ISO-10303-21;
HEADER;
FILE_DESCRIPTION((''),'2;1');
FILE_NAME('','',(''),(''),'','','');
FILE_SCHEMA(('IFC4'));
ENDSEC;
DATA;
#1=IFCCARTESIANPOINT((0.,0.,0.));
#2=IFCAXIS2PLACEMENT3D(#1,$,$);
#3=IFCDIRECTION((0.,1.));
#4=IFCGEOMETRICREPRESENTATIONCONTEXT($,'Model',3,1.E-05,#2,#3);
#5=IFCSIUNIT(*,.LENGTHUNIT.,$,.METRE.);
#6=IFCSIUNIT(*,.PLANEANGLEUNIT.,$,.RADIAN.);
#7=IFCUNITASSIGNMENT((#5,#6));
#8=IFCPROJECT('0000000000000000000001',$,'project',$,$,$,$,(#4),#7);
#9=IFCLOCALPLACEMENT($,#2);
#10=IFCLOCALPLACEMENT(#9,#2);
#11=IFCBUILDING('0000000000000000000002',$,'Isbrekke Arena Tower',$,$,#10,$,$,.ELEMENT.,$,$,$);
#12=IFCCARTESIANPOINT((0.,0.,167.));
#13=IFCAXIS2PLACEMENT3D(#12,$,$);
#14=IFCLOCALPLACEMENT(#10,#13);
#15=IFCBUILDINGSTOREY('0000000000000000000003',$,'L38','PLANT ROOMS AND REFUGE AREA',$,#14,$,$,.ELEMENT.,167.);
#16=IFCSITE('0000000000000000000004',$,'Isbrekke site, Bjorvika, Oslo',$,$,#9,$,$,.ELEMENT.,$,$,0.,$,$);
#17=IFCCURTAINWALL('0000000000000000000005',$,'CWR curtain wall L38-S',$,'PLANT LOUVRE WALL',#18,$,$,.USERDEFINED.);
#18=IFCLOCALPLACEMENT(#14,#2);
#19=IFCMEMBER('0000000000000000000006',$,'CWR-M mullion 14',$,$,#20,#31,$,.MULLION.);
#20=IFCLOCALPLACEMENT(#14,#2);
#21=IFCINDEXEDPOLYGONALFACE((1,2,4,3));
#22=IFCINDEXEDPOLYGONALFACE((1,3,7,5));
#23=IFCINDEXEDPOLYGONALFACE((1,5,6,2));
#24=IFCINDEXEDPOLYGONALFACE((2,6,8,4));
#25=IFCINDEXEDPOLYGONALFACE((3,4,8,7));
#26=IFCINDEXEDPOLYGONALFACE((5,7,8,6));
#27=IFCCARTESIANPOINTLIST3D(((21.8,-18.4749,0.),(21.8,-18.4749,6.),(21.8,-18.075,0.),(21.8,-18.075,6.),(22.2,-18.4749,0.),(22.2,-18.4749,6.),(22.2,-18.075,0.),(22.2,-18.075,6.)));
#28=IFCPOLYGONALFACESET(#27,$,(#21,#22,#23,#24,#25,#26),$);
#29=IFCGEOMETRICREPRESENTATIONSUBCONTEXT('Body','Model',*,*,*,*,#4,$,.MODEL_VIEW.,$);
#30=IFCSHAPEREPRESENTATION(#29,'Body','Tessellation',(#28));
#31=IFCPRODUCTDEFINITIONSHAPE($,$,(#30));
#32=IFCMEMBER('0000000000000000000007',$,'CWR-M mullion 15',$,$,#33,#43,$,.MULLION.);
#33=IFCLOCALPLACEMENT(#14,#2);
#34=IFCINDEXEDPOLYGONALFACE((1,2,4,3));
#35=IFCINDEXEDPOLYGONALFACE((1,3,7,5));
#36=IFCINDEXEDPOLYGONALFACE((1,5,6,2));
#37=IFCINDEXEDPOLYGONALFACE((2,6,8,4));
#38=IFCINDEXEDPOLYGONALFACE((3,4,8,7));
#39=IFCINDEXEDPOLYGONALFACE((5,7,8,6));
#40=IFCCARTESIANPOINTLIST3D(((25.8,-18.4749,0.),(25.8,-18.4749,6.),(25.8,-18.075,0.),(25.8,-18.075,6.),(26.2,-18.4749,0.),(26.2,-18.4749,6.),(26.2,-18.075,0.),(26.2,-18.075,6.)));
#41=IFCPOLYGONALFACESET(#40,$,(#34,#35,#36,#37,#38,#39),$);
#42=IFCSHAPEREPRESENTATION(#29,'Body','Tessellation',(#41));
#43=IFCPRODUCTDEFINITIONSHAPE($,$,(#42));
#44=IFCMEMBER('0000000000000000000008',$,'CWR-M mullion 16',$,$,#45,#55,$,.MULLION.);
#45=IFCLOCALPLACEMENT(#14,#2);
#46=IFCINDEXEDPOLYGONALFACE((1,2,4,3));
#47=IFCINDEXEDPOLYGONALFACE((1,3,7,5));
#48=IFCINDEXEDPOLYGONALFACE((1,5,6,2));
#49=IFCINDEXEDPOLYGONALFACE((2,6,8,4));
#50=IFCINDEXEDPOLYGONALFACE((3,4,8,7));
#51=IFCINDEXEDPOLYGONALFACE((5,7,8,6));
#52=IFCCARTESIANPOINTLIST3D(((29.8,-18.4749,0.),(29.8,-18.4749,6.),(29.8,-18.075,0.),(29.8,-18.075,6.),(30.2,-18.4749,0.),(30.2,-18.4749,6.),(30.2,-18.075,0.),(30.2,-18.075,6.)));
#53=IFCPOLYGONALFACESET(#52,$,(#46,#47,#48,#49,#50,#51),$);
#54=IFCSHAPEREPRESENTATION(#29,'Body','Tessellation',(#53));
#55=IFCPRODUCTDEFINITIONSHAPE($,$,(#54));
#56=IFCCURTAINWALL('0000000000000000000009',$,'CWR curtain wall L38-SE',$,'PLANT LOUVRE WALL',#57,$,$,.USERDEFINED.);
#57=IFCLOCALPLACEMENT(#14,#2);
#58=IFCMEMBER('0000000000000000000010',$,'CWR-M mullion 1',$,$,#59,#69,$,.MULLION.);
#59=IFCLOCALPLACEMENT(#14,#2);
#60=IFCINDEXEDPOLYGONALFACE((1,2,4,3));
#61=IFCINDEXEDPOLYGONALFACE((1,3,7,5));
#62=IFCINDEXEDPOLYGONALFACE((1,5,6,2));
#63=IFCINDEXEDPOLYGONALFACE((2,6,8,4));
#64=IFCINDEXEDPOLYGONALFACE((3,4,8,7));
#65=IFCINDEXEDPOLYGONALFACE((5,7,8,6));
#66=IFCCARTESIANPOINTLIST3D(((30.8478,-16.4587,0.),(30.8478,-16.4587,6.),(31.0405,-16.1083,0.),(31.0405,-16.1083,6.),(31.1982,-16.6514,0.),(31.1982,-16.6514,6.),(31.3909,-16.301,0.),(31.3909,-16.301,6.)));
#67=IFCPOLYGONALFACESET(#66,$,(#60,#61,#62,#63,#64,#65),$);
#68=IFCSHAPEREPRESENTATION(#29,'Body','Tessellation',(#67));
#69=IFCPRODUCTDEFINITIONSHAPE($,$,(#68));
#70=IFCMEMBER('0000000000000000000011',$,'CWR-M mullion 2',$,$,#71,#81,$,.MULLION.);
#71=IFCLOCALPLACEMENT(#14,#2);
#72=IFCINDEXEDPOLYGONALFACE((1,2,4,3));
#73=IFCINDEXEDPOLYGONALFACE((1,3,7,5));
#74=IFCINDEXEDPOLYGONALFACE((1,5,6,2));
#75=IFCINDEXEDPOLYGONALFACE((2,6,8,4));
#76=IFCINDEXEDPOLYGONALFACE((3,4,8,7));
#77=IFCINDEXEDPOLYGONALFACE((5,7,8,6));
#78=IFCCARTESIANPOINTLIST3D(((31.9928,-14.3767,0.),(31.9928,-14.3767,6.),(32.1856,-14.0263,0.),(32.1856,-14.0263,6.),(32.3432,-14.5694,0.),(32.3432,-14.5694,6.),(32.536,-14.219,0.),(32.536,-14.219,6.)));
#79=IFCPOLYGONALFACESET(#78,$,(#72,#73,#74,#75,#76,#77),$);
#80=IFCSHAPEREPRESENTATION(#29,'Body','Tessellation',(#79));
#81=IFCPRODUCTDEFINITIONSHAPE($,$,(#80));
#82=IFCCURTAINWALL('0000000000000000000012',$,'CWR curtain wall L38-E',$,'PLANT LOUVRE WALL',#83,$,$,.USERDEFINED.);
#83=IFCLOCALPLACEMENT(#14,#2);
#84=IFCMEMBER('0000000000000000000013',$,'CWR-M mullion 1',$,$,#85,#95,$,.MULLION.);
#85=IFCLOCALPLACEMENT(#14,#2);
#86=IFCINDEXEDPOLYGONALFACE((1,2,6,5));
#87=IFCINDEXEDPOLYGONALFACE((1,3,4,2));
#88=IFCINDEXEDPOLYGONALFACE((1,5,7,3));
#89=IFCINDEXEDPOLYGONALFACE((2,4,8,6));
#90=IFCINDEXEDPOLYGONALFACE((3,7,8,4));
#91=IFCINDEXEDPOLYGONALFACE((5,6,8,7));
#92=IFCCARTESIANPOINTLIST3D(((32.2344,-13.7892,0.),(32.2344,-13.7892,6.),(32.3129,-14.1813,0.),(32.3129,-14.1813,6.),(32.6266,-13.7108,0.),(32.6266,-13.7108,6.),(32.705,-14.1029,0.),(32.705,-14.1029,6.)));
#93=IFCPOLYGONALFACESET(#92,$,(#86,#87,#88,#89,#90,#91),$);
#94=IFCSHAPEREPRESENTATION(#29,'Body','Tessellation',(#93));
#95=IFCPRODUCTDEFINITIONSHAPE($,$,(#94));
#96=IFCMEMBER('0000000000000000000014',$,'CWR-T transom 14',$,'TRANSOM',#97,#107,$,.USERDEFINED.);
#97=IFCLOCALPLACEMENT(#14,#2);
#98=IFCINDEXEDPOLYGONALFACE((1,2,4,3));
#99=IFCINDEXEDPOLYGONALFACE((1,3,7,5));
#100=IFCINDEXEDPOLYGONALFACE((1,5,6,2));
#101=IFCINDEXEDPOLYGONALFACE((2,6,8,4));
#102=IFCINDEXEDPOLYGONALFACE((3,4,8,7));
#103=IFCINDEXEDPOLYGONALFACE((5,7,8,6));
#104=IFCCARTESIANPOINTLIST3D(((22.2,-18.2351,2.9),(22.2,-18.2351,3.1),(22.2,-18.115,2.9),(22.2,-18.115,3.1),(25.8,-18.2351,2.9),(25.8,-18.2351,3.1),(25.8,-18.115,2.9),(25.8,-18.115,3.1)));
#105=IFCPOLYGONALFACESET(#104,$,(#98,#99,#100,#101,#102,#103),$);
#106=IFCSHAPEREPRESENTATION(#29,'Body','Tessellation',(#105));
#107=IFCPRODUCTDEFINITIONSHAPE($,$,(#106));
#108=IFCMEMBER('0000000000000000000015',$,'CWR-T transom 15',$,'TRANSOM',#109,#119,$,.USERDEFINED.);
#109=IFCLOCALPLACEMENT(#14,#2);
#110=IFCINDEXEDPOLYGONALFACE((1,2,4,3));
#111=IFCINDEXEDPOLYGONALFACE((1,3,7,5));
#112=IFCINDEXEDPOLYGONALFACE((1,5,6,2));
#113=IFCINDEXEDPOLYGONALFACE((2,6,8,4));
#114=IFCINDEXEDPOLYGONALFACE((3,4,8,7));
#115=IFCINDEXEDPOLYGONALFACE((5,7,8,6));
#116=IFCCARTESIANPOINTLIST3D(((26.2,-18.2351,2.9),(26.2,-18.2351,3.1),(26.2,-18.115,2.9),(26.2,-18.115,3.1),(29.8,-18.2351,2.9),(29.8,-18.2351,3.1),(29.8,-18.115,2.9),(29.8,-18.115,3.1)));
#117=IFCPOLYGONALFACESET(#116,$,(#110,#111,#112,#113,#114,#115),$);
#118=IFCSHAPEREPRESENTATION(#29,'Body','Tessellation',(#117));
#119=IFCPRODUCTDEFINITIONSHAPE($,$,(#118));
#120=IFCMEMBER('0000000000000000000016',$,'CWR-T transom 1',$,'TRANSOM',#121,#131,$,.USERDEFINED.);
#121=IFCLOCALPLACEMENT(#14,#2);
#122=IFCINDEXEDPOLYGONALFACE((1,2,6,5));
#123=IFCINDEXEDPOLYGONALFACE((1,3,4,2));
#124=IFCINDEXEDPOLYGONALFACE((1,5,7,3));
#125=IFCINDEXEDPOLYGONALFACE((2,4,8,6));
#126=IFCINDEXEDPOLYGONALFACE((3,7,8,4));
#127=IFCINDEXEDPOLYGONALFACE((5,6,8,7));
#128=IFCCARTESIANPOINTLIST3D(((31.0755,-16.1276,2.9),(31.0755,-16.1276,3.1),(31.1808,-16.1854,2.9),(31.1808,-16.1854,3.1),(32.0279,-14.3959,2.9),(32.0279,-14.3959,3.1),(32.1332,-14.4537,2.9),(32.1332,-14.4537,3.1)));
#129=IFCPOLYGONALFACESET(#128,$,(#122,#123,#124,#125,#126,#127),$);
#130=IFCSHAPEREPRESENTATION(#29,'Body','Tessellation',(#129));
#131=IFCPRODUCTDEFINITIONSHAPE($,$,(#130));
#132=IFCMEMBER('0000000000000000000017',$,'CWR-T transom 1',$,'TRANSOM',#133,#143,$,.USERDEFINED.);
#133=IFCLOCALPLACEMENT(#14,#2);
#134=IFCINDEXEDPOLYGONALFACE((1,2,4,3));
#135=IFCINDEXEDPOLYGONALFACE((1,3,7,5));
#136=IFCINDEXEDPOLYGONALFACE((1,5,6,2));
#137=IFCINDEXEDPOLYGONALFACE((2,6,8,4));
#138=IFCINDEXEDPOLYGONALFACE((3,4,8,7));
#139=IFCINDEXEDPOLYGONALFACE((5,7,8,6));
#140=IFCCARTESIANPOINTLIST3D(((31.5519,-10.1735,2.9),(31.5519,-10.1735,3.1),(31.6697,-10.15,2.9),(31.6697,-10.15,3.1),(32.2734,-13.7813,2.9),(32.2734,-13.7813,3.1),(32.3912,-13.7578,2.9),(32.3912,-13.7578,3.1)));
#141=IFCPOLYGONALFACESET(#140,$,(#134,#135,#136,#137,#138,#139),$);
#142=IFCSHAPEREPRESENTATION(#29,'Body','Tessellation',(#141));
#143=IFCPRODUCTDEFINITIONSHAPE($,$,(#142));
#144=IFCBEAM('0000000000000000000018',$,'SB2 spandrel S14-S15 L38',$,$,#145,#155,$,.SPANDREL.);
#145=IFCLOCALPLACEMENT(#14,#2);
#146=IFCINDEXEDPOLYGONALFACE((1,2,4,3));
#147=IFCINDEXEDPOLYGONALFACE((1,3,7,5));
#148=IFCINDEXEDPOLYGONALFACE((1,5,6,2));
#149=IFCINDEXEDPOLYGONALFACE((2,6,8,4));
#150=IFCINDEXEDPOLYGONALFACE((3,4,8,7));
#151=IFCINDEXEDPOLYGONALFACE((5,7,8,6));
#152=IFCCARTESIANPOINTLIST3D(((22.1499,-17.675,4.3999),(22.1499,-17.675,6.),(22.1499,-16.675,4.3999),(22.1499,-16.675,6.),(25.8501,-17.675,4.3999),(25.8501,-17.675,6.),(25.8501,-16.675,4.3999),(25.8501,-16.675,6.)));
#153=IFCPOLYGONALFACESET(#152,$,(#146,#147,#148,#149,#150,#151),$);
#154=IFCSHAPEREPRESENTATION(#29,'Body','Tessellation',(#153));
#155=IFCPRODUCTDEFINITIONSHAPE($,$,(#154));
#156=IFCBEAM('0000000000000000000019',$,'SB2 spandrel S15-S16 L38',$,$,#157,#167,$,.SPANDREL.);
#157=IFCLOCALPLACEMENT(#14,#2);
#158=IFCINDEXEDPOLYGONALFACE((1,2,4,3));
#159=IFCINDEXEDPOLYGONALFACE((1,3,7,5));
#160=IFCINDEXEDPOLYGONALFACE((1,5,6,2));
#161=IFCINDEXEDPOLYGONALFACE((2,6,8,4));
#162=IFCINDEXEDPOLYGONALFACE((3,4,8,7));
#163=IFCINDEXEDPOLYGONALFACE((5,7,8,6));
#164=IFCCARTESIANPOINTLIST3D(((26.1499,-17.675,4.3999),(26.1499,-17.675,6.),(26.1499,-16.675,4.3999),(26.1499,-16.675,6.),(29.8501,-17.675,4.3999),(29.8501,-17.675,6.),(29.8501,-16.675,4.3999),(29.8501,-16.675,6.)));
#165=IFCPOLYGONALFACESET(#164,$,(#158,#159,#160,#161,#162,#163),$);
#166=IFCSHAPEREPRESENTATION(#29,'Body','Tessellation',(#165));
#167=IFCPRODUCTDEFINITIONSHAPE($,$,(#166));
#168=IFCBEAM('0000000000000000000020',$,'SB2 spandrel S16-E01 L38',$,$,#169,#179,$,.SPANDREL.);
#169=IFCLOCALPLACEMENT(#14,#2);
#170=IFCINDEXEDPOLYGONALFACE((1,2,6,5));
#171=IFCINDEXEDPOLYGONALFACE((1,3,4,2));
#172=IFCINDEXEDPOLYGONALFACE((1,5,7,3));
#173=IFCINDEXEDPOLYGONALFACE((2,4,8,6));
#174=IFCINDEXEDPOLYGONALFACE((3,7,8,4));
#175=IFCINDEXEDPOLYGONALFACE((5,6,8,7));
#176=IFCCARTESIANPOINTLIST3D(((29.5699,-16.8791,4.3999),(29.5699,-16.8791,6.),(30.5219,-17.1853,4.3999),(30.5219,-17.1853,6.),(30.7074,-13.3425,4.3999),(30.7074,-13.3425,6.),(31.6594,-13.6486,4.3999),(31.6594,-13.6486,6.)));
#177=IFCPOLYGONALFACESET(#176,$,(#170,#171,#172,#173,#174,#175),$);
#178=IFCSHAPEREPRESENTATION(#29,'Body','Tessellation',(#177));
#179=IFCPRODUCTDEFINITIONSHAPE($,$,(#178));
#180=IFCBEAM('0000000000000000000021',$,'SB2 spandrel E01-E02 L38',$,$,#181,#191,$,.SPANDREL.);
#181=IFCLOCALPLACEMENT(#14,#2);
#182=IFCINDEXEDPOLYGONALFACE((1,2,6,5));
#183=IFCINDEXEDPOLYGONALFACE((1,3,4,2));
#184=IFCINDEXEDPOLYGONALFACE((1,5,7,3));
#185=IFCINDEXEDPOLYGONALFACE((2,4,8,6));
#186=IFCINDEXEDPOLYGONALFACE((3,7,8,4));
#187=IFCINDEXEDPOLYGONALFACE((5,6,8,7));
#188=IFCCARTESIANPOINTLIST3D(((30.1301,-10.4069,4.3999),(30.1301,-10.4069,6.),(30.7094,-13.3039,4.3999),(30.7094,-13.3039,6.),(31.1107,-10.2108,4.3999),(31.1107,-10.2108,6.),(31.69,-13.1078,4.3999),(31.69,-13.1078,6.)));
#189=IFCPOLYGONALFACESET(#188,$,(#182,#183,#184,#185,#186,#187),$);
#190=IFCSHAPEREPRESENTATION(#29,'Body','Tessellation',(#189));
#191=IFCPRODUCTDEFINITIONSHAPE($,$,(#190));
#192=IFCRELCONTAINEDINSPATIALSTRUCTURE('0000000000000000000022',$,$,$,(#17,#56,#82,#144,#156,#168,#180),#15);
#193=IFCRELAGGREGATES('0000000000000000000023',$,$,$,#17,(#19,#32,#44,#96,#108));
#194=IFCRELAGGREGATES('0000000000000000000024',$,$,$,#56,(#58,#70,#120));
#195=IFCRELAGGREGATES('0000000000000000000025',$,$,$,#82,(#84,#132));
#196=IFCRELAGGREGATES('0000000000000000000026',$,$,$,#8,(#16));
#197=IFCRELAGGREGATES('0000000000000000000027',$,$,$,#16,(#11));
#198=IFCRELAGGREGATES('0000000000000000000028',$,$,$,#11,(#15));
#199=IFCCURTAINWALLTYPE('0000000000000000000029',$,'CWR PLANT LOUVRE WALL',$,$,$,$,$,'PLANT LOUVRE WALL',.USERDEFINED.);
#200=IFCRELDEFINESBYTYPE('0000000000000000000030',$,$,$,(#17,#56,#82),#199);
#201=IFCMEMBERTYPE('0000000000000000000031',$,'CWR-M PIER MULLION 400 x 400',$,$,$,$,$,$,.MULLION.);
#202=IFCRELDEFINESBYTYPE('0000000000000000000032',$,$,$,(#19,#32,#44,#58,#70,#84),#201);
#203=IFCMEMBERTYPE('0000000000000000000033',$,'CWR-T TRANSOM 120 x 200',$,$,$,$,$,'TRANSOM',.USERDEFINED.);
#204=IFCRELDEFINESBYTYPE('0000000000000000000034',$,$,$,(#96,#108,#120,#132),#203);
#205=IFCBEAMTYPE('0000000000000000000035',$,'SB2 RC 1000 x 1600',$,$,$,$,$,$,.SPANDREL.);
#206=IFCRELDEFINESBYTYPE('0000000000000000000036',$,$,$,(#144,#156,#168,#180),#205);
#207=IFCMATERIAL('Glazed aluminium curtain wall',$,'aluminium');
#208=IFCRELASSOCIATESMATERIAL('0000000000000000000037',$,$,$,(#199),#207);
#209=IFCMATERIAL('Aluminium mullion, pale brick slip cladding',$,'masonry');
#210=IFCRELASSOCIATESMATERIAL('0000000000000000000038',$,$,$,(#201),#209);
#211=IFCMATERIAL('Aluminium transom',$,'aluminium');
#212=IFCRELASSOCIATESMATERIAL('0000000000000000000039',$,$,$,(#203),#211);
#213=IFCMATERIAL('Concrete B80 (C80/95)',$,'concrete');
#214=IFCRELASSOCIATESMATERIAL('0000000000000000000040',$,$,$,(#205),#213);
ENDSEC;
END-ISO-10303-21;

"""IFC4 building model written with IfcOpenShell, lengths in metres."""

from ifc_helpers import new_model, si_unit, direction, frame, origin, origin_2d, place, context, subcontext, project, spatial, rectangle, extrude, material, material_profile, profile_set, type_object, element, aggregate, save


model = new_model("IFC4")

# Units and contexts
model_context = context("Model", 3, precision=1e-05, world=origin(), true_north=direction((0.0, 1.0)))
body_context = subcontext(model_context, "Body", "Model", "MODEL_VIEW")
ifc_project = project(units=[si_unit("LENGTHUNIT", "METRE"), si_unit("PLANEANGLEUNIT", "RADIAN")], contexts=[model_context])

# Site, building, storey
site_placement = place(None, origin())
site = spatial("IfcSite", under=ifc_project, at=site_placement, Name="Isbrekke site, Bjorvika, Oslo", CompositionType="ELEMENT", RefElevation=0.0)
building_placement = place(site_placement, origin())
building = spatial("IfcBuilding", under=site, at=building_placement, Name="Isbrekke Arena Tower", CompositionType="ELEMENT")
storey_placement = place(building_placement, frame((0.0, 0.0, 167.0)))
storey = spatial("IfcBuildingStorey", under=building, at=storey_placement, Name="L38", Description="PLANT ROOMS AND REFUGE AREA", CompositionType="ELEMENT", Elevation=167.0)

# Curtain walls, members
ifc_material_1 = material(Name="Glazed aluminium curtain wall", Category="aluminium")
curtain_wall_type = type_object("IfcCurtainWallType", Name="CWR PLANT LOUVRE WALL", ElementType="PLANT LOUVRE WALL", PredefinedType="USERDEFINED", material=ifc_material_1)
curtain_wall_1_placement = place(storey_placement, origin())
curtain_wall_1 = element("IfcCurtainWall", 1, at=curtain_wall_1_placement, inside=storey, type_object=curtain_wall_type, Name="CWR curtain wall L38-S", ObjectType="PLANT LOUVRE WALL", PredefinedType="USERDEFINED")
ifc_material_2 = material(Name="Aluminium mullion, pale brick slip cladding", Category="masonry")
ifc_material_profile_1 = material_profile(ifc_material_2, rectangle(XDim=0.3999, YDim=0.3999, at=origin_2d()), Name="PIER 400X400")
ifc_profile_set_1 = profile_set([ifc_material_profile_1], Name="Aluminium mullion, pale brick slip cladding")
member_type_1 = type_object("IfcMemberType", Name="CWR-M PIER MULLION 400 x 400", PredefinedType="MULLION", material=ifc_profile_set_1)
member_1_placement = place(storey_placement, frame((22.0, -18.2749, 0.0), z_axis=(0.0, 0.0, 1.0), x_axis=(1.0, 0.0, 0.0)))
member_1 = element("IfcMember", 2, at=member_1_placement, type_object=member_type_1, Name="CWR-M mullion 14", PredefinedType="MULLION", context=body_context, shape_type="SweptSolid", body=[
    extrude(rectangle(XDim=0.3999, YDim=0.3999, at=origin_2d()), origin(), (0.0, 0.0, 1.0), 6.0),
])
member_2_placement = place(storey_placement, frame((26.0, -18.2749, 0.0), z_axis=(0.0, 0.0, 1.0), x_axis=(1.0, 0.0, 0.0)))
member_2 = element("IfcMember", 3, at=member_2_placement, type_object=member_type_1, Name="CWR-M mullion 15", PredefinedType="MULLION", context=body_context, shape_type="SweptSolid", body=[
    extrude(rectangle(XDim=0.3999, YDim=0.3999, at=origin_2d()), origin(), (0.0, 0.0, 1.0), 6.0),
])
member_3_placement = place(storey_placement, frame((30.0, -18.2749, 0.0), z_axis=(0.0, 0.0, 1.0), x_axis=(1.0, 0.0, 0.0)))
member_3 = element("IfcMember", 4, at=member_3_placement, type_object=member_type_1, Name="CWR-M mullion 16", PredefinedType="MULLION", context=body_context, shape_type="SweptSolid", body=[
    extrude(rectangle(XDim=0.3999, YDim=0.3999, at=origin_2d()), origin(), (0.0, 0.0, 1.0), 6.0),
])
curtain_wall_2_placement = place(storey_placement, origin())
curtain_wall_2 = element("IfcCurtainWall", 5, at=curtain_wall_2_placement, inside=storey, type_object=curtain_wall_type, Name="CWR curtain wall L38-SE", ObjectType="PLANT LOUVRE WALL", PredefinedType="USERDEFINED")
member_4_placement = place(storey_placement, frame((31.1194, -16.3799, 0.0), z_axis=(0.0, 0.0, 1.0), x_axis=(0.481919, 0.876216, 0.0)))
member_4 = element("IfcMember", 6, at=member_4_placement, type_object=member_type_1, Name="CWR-M mullion 1", PredefinedType="MULLION", context=body_context, shape_type="SweptSolid", body=[
    extrude(rectangle(XDim=0.3999, YDim=0.3999, at=origin_2d()), origin(), (0.0, 0.0, 1.0), 6.0),
])
member_5_placement = place(storey_placement, frame((32.2644, -14.2979, 0.0), z_axis=(0.0, 0.0, 1.0), x_axis=(0.481919, 0.876216, 0.0)))
member_5 = element("IfcMember", 7, at=member_5_placement, type_object=member_type_1, Name="CWR-M mullion 2", PredefinedType="MULLION", context=body_context, shape_type="SweptSolid", body=[
    extrude(rectangle(XDim=0.3999, YDim=0.3999, at=origin_2d()), origin(), (0.0, 0.0, 1.0), 6.0),
])

# Curtain wall, member
curtain_wall_3_placement = place(storey_placement, origin())
curtain_wall_3 = element("IfcCurtainWall", 8, at=curtain_wall_3_placement, inside=storey, type_object=curtain_wall_type, Name="CWR curtain wall L38-E", ObjectType="PLANT LOUVRE WALL", PredefinedType="USERDEFINED")
member_6_placement = place(storey_placement, frame((32.4697, -13.946, 0.0), z_axis=(0.0, 0.0, 1.0), x_axis=(-0.196116, 0.980581, 0.0)))
member_6 = element("IfcMember", 9, at=member_6_placement, type_object=member_type_1, Name="CWR-M mullion 1", PredefinedType="MULLION", context=body_context, shape_type="SweptSolid", body=[
    extrude(rectangle(XDim=0.3999, YDim=0.3999, at=origin_2d()), origin(), (0.0, 0.0, 1.0), 6.0),
])

# Members
ifc_material_3 = material(Name="Aluminium transom", Category="aluminium")
ifc_material_profile_2 = material_profile(ifc_material_3, rectangle(XDim=0.1201, YDim=0.2, at=origin_2d()), Name="TRANSOM 120X200")
ifc_profile_set_2 = profile_set([ifc_material_profile_2], Name="Aluminium transom")
member_type_2 = type_object("IfcMemberType", Name="CWR-T TRANSOM 120 x 200", ElementType="TRANSOM", PredefinedType="USERDEFINED", material=ifc_profile_set_2)
member_7_placement = place(storey_placement, frame((22.2, -18.175, 3.0), z_axis=(1.0, 0.0, 0.0), x_axis=(0.0, 1.0, 0.0)))
member_7 = element("IfcMember", 10, at=member_7_placement, type_object=member_type_2, Name="CWR-T transom 14", ObjectType="TRANSOM", PredefinedType="USERDEFINED", context=body_context, shape_type="SweptSolid", body=[
    extrude(rectangle(XDim=0.1201, YDim=0.2, at=origin_2d()), origin(), (0.0, 0.0, 1.0), 3.6001),
])
member_8_placement = place(storey_placement, frame((26.2, -18.175, 3.0), z_axis=(1.0, 0.0, 0.0), x_axis=(0.0, 1.0, 0.0)))
member_8 = element("IfcMember", 11, at=member_8_placement, type_object=member_type_2, Name="CWR-T transom 15", ObjectType="TRANSOM", PredefinedType="USERDEFINED", context=body_context, shape_type="SweptSolid", body=[
    extrude(rectangle(XDim=0.1201, YDim=0.2, at=origin_2d()), origin(), (0.0, 0.0, 1.0), 3.6001),
])
member_9_placement = place(storey_placement, frame((31.1282, -16.1565, 3.0), z_axis=(0.481905, 0.876224, 0.0), x_axis=(-0.876224, 0.481905, 0.0)))
member_9 = element("IfcMember", 12, at=member_9_placement, type_object=member_type_2, Name="CWR-T transom 1", ObjectType="TRANSOM", PredefinedType="USERDEFINED", context=body_context, shape_type="SweptSolid", body=[
    extrude(rectangle(XDim=0.1201, YDim=0.2, at=origin_2d()), origin(), (0.0, 0.0, 1.0), 1.9763),
])
member_10_placement = place(storey_placement, frame((32.3323, -13.7695, 3.0), z_axis=(-0.196091, 0.980586, 0.0), x_axis=(-0.980586, -0.196091, 0.0)))
member_10 = element("IfcMember", 13, at=member_10_placement, type_object=member_type_2, Name="CWR-T transom 1", ObjectType="TRANSOM", PredefinedType="USERDEFINED", context=body_context, shape_type="SweptSolid", body=[
    extrude(rectangle(XDim=0.1201, YDim=0.2, at=origin_2d()), origin(), (0.0, 0.0, 1.0), 3.6792),
])

# Beams
ifc_material_4 = material(Name="Concrete B80 (C80/95)", Category="concrete")
ifc_material_profile_3 = material_profile(ifc_material_4, rectangle(XDim=1.0, YDim=1.6001, at=origin_2d()), Name="RC 1000x1600")
ifc_profile_set_3 = profile_set([ifc_material_profile_3], Name="Concrete B80 (C80/95)")
beam_type_1 = type_object("IfcBeamType", Name="SB2 RC 1000 x 1600", PredefinedType="SPANDREL", material=ifc_profile_set_3)
for number, where, z_axis, x_axis, name in (
    (14, (22.1499, -17.175, 5.2), (1.0, 0.0, 0.0), (0.0, 1.0, 0.0), "SB2 spandrel S14-S15 L38"),
    (15, (26.1499, -17.175, 5.2), (1.0, 0.0, 0.0), (0.0, 1.0, 0.0), "SB2 spandrel S15-S16 L38"),
):
    element("IfcBeam", number, at=place(storey_placement, frame(where, z_axis=z_axis, x_axis=x_axis)), inside=storey, type_object=beam_type_1, Name=name, PredefinedType="SPANDREL", context=body_context, shape_type="SweptSolid", body=[
        extrude(rectangle(XDim=1.0, YDim=1.6001, at=origin_2d()), origin(), (0.0, 0.0, 1.0), 3.7002),
    ])
beam_1_placement = place(storey_placement, frame((30.0459, -17.0322, 5.2), z_axis=(0.306175, 0.951975, 0.0), x_axis=(-0.951975, 0.306175, 0.0)))
element("IfcBeam", 16, at=beam_1_placement, inside=storey, type_object=beam_type_1, Name="SB2 spandrel S16-E01 L38", PredefinedType="SPANDREL", context=body_context, shape_type="SweptSolid", body=[
    extrude(rectangle(XDim=1.0, YDim=1.6001, at=origin_2d()), origin(), (0.0, 0.0, 1.0), 3.7151),
])
beam_2_placement = place(storey_placement, frame((31.1997, -13.2058, 5.2), z_axis=(-0.1961, 0.980584, 0.0), x_axis=(-0.980584, -0.1961, 0.0)))
element("IfcBeam", 17, at=beam_2_placement, inside=storey, type_object=beam_type_1, Name="SB2 spandrel E01-E02 L38", PredefinedType="SPANDREL", context=body_context, shape_type="SweptSolid", body=[
    extrude(rectangle(XDim=1.0, YDim=1.6001, at=origin_2d()), origin(), (0.0, 0.0, 1.0), 2.9543),
])

aggregate(curtain_wall_1, [member_1, member_2, member_3, member_7, member_8])
aggregate(curtain_wall_2, [member_4, member_5, member_9])
aggregate(curtain_wall_3, [member_6, member_10])

save(model, "model.ifc")
